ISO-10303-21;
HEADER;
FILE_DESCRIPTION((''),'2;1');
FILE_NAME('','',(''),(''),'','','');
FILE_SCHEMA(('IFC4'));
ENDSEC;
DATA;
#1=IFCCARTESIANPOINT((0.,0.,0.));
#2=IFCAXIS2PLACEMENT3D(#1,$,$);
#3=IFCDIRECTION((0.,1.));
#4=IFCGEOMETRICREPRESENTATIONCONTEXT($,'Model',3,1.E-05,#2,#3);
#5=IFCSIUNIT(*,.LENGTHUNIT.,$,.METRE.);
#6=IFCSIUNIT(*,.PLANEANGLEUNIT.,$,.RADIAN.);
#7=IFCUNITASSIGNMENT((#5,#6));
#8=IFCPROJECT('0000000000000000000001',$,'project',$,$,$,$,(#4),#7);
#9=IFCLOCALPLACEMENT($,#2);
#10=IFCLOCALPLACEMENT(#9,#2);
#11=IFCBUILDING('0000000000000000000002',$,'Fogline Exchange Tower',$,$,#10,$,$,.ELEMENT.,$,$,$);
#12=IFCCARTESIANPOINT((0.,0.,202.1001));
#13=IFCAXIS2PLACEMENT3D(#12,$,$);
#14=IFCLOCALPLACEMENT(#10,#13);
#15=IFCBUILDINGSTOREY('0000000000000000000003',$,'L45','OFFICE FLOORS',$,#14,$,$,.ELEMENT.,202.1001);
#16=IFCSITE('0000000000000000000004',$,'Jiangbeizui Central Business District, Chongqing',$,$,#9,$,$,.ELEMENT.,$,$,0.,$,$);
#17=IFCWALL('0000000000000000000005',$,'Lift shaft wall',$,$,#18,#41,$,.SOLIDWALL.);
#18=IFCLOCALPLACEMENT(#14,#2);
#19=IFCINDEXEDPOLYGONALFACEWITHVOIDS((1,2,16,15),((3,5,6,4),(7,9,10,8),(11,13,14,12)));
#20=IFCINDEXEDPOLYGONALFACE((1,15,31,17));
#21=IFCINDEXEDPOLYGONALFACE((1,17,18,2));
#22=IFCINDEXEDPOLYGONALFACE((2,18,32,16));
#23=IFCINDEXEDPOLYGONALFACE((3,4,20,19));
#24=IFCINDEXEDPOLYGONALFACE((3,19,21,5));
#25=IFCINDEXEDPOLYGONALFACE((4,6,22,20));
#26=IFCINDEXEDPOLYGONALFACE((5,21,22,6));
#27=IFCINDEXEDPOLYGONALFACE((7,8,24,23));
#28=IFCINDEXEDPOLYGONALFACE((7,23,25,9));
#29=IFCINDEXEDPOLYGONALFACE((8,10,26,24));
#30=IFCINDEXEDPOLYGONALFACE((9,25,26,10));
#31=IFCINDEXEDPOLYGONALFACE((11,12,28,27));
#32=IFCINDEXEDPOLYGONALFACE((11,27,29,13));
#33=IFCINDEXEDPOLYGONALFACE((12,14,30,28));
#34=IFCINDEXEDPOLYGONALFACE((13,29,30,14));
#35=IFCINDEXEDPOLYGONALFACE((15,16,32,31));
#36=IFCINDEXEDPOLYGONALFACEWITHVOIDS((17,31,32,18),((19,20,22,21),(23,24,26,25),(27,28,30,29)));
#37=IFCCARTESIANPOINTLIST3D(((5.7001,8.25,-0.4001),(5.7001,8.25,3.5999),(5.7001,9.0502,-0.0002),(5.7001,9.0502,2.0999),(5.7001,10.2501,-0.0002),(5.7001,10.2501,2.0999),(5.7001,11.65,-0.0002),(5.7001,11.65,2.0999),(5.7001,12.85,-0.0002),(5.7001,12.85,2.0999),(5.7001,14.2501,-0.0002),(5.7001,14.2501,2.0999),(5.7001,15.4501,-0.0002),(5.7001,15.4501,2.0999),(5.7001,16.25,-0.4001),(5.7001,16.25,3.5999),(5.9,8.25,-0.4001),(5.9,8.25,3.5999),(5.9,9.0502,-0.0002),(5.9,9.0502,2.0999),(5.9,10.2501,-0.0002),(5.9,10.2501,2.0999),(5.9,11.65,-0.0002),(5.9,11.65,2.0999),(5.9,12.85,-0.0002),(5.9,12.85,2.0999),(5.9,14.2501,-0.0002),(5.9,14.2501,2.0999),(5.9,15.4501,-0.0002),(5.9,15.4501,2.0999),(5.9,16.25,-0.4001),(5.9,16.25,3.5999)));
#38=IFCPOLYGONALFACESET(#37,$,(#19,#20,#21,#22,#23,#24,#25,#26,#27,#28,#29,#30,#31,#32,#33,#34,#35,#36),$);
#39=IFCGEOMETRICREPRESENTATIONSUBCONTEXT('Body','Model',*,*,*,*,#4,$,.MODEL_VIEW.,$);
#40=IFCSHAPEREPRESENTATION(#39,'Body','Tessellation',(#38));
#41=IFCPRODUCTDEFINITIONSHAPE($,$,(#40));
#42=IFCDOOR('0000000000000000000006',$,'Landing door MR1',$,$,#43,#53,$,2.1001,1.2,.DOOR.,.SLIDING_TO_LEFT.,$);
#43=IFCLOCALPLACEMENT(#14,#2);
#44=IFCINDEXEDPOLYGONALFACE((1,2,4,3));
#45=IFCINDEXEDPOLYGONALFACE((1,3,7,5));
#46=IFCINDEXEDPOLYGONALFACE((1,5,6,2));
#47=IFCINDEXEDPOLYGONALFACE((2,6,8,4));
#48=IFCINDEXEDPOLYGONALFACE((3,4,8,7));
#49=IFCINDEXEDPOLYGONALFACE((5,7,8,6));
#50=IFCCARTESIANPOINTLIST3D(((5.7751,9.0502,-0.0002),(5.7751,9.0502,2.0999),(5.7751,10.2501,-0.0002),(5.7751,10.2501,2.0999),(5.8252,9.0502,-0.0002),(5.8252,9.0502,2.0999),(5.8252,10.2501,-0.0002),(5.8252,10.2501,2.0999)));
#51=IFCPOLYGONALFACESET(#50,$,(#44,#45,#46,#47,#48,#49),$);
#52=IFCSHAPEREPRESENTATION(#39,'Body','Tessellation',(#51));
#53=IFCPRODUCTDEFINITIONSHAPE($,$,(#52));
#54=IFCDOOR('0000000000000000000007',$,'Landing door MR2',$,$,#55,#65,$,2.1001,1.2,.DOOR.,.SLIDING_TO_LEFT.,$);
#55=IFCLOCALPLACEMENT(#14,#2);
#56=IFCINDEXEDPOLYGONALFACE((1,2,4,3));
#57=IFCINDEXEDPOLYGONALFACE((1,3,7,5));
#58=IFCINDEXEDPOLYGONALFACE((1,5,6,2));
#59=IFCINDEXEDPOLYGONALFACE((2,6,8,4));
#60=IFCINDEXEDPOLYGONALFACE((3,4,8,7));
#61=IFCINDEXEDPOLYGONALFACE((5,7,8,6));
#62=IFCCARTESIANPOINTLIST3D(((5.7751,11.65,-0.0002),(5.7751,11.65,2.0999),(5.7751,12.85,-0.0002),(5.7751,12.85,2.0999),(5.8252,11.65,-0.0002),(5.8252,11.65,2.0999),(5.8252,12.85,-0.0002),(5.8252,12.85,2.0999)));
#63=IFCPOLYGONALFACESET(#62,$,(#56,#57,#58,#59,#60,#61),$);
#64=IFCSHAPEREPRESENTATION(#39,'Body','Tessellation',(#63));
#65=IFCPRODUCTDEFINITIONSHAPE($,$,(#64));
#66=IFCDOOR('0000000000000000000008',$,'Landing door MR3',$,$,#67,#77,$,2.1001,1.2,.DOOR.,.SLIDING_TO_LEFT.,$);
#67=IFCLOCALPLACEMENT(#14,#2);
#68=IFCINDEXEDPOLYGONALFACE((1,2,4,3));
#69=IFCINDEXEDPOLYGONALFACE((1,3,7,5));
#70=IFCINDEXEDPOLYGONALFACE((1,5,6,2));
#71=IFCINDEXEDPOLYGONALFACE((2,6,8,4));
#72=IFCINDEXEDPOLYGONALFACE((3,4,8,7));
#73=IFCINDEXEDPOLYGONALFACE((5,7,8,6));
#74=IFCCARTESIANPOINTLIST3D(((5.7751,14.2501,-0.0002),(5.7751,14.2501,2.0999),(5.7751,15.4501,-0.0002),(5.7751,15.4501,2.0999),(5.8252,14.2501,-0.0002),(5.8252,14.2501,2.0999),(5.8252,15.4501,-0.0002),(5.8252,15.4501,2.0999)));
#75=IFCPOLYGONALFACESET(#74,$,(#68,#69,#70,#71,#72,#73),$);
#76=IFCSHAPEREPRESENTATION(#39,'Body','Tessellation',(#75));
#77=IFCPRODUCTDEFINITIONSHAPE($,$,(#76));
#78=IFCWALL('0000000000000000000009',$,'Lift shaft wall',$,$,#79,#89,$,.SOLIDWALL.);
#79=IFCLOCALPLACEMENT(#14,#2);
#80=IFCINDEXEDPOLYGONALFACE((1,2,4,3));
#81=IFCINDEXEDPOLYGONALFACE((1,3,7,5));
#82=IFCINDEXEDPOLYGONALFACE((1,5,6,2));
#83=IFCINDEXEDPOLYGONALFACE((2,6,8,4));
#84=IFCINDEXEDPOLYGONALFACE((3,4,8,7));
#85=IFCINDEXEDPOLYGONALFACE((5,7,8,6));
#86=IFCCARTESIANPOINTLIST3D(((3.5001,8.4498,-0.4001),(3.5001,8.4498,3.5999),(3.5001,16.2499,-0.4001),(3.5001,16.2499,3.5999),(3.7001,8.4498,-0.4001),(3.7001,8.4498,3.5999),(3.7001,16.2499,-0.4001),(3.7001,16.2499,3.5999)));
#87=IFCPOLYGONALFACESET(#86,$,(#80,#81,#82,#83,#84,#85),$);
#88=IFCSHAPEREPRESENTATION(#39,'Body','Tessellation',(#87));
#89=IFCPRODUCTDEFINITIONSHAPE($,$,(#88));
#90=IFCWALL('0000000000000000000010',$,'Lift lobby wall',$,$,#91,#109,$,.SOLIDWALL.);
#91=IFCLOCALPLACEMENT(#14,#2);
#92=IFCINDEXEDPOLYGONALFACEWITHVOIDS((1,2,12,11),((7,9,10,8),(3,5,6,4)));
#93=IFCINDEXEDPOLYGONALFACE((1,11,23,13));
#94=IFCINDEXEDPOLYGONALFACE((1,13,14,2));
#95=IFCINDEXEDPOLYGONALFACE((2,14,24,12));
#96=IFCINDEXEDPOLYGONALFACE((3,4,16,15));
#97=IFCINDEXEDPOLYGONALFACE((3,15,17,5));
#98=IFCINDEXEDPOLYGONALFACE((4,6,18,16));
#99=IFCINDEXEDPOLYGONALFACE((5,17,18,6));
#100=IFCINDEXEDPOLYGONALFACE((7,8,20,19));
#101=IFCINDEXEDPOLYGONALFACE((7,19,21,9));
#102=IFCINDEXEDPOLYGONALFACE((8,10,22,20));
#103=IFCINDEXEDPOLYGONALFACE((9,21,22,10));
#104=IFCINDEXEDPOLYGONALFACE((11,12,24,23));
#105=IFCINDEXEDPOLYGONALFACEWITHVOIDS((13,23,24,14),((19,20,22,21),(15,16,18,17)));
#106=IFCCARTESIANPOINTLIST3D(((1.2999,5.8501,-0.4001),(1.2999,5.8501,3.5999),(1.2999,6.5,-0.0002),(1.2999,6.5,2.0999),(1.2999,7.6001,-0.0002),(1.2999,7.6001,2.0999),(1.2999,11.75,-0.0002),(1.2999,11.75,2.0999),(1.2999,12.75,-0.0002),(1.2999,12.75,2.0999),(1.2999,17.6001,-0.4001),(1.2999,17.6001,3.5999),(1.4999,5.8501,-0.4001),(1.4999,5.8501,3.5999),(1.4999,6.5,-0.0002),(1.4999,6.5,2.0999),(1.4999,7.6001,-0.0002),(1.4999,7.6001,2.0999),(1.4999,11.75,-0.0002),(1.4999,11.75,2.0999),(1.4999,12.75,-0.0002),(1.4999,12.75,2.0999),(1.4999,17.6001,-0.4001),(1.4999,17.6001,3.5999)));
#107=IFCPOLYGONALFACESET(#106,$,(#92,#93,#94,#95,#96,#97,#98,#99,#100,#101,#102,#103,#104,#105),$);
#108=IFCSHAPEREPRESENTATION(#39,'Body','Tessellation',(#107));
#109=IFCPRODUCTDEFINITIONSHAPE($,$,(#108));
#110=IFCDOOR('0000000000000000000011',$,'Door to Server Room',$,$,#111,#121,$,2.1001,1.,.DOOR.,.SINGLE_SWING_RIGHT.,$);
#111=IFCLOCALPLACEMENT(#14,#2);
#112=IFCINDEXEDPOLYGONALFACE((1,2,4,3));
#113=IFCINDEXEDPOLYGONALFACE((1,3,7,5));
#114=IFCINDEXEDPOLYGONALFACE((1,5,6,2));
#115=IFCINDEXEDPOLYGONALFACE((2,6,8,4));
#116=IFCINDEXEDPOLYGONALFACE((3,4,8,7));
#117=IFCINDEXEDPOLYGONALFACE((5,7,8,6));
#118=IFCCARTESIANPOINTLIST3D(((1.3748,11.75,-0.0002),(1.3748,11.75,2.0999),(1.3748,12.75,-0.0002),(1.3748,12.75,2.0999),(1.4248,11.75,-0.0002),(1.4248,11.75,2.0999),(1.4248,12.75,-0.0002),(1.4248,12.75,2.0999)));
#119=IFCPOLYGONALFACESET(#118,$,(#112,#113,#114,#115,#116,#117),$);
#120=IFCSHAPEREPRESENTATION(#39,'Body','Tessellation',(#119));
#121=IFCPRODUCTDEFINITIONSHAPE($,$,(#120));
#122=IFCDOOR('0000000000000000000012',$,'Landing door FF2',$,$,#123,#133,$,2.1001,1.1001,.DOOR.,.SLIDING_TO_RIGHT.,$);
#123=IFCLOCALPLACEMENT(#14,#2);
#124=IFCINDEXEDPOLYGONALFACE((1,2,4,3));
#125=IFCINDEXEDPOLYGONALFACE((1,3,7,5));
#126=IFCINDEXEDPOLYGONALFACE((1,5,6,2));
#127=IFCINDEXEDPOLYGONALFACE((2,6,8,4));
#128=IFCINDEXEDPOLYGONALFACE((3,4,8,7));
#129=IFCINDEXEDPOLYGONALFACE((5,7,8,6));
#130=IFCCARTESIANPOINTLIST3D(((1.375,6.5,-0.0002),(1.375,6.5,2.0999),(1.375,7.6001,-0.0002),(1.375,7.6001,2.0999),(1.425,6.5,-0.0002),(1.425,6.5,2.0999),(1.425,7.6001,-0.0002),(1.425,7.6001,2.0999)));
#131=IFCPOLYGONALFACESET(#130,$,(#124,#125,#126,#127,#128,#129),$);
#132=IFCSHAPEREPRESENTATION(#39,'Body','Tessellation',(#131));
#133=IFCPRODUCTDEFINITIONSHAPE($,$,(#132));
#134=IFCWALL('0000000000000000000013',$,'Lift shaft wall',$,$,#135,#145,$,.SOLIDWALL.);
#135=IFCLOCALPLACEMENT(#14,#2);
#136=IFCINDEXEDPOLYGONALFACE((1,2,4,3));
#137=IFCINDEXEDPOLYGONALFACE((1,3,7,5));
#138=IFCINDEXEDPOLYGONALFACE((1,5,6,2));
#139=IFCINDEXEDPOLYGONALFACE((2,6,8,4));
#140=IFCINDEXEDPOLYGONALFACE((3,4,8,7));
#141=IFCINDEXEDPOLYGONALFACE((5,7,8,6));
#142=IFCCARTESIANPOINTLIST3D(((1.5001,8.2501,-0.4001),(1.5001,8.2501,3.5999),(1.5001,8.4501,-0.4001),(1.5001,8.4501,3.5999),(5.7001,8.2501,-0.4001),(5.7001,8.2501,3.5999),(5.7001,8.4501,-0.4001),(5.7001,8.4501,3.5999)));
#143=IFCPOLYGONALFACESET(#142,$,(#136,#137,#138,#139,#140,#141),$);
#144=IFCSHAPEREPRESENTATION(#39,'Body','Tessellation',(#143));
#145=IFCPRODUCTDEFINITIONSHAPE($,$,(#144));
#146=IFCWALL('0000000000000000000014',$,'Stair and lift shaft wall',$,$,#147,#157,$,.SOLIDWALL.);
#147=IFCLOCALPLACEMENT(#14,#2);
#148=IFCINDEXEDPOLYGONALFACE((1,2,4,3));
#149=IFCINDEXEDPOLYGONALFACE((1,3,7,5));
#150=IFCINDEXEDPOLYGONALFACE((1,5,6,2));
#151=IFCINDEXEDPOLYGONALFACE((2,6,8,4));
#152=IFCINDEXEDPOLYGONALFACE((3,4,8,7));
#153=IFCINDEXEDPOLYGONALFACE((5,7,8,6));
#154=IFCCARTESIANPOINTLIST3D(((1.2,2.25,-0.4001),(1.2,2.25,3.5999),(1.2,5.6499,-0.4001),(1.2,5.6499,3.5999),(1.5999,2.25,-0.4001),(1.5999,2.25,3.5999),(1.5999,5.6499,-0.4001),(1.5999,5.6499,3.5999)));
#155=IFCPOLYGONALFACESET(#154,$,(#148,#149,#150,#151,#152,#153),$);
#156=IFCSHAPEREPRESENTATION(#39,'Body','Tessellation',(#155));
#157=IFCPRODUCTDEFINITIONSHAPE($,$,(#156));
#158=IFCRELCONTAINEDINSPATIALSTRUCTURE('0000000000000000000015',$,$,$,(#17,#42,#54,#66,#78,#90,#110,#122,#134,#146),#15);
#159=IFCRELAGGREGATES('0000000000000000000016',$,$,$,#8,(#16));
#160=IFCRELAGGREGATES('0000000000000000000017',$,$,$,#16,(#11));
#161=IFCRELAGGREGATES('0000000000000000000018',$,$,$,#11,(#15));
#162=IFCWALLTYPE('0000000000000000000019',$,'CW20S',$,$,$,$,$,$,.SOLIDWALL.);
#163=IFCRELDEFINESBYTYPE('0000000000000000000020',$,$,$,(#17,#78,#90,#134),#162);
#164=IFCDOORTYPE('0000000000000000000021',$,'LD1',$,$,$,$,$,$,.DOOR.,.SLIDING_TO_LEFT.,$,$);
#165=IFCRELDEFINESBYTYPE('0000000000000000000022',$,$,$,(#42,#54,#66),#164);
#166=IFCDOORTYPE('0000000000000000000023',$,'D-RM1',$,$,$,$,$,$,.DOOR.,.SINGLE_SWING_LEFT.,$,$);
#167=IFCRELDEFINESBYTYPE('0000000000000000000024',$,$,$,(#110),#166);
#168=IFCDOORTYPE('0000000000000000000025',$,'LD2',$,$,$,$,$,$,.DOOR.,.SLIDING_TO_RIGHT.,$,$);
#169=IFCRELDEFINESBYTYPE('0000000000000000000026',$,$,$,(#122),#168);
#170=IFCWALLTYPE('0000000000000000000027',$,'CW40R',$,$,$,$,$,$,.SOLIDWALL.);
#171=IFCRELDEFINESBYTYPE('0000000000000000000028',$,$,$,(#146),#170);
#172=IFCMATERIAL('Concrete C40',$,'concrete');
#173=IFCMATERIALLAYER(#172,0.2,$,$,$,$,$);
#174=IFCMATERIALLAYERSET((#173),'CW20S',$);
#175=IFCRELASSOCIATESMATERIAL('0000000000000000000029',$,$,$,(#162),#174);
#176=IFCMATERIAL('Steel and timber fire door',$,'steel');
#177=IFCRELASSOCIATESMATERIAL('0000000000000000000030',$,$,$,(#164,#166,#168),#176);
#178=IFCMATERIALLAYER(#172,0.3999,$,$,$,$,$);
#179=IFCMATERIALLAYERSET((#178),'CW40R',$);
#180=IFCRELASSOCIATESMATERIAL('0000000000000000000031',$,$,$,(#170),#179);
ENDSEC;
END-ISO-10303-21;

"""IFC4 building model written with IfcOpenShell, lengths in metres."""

from ifc_helpers import new_model, si_unit, direction, frame, frame_2d, origin, place, context, subcontext, project, spatial, rectangle, extrude, material, layer, layer_set, type_object, element, fill, save


model = new_model("IFC4")

# Units and contexts
model_context = context("Model", 3, precision=1e-05, world=origin(), true_north=direction((0.0, 1.0)))
body_context = subcontext(model_context, "Body", "Model", "MODEL_VIEW")
ifc_project = project(units=[si_unit("LENGTHUNIT", "METRE"), si_unit("PLANEANGLEUNIT", "RADIAN")], contexts=[model_context])

# Site, building, storey
site_placement = place(None, origin())
site = spatial("IfcSite", under=ifc_project, at=site_placement, Name="Jiangbeizui Central Business District, Chongqing", CompositionType="ELEMENT", RefElevation=0.0)
building_placement = place(site_placement, origin())
building = spatial("IfcBuilding", under=site, at=building_placement, Name="Fogline Exchange Tower", CompositionType="ELEMENT")
storey_placement = place(building_placement, frame((0.0, 0.0, 202.1001)))
storey = spatial("IfcBuildingStorey", under=building, at=storey_placement, Name="L45", Description="OFFICE FLOORS", CompositionType="ELEMENT", Elevation=202.1001)

# Shared definitions
ifc_material_1 = material(Name="Concrete C40", Category="concrete")

# Shared definitions
ifc_material_2 = material(Name="Steel and timber fire door", Category="steel")

# Wall, openings, doors
ifc_layer_1 = layer(ifc_material_1, 0.2)
ifc_layer_set_1 = layer_set([ifc_layer_1], Name="CW20S")
wall_type_1 = type_object("IfcWallType", Name="CW20S", PredefinedType="SOLIDWALL", material=ifc_layer_set_1)
wall_1_placement = place(storey_placement, frame((5.8, 8.25, -0.4001), z_axis=(0.0, 0.0, 1.0), x_axis=(0.0, 1.0, 0.0)))
wall_1 = element("IfcWall", 1, at=wall_1_placement, inside=storey, type_object=wall_type_1, Name="Lift shaft wall", PredefinedType="SOLIDWALL", context=body_context, shape_type="SweptSolid", body=[
    extrude(rectangle(XDim=8.0, YDim=0.2, at=frame_2d((4.0, 0.0))), origin(), (0.0, 0.0, 1.0), 4.0),
])
opening_1_placement = place(wall_1_placement, frame((0.8, 0.0, 0.3999)))
opening_1 = element("IfcOpeningElement", 2, at=opening_1_placement, cuts=wall_1, PredefinedType="OPENING", context=body_context, shape_type="SweptSolid", body=[
    extrude(rectangle(XDim=1.2, YDim=2.1001, at=frame_2d((0.6001, 1.05))), frame((0.0, 0.1099, 0.0), z_axis=(0.0, -1.0, 0.0), x_axis=(1.0, 0.0, 0.0)), (0.0, 0.0, 1.0), 0.22),
])
opening_2_placement = place(wall_1_placement, frame((3.3999, 0.0, 0.3999)))
opening_2 = element("IfcOpeningElement", 3, at=opening_2_placement, cuts=wall_1, PredefinedType="OPENING", context=body_context, shape_type="SweptSolid", body=[
    extrude(rectangle(XDim=1.2, YDim=2.1001, at=frame_2d((0.6001, 1.05))), frame((0.0, 0.1099, 0.0), z_axis=(0.0, -1.0, 0.0), x_axis=(1.0, 0.0, 0.0)), (0.0, 0.0, 1.0), 0.22),
])
opening_3_placement = place(wall_1_placement, frame((6.0, 0.0, 0.3999)))
opening_3 = element("IfcOpeningElement", 4, at=opening_3_placement, cuts=wall_1, PredefinedType="OPENING", context=body_context, shape_type="SweptSolid", body=[
    extrude(rectangle(XDim=1.2, YDim=2.1001, at=frame_2d((0.6001, 1.05))), frame((0.0, 0.1099, 0.0), z_axis=(0.0, -1.0, 0.0), x_axis=(1.0, 0.0, 0.0)), (0.0, 0.0, 1.0), 0.22),
])
door_type_1 = type_object("IfcDoorType", Name="LD1", OperationType="SLIDING_TO_LEFT", PredefinedType="DOOR", material=ifc_material_2)
door_1_placement = place(opening_1_placement, origin())
door_1 = element("IfcDoor", 5, at=door_1_placement, inside=storey, type_object=door_type_1, Name="Landing door MR1", OperationType="SLIDING_TO_LEFT", OverallHeight=2.1001, OverallWidth=1.2, PredefinedType="DOOR", context=body_context, shape_type="SweptSolid", body=[
    extrude(rectangle(XDim=1.2, YDim=2.1001, at=frame_2d((0.6001, 1.05))), frame((0.0, 0.0249, 0.0), z_axis=(0.0, -1.0, 0.0), x_axis=(1.0, 0.0, 0.0)), (0.0, 0.0, 1.0), 0.05),
])
fill(opening_1, door_1)
door_2_placement = place(opening_2_placement, origin())
door_2 = element("IfcDoor", 6, at=door_2_placement, inside=storey, type_object=door_type_1, Name="Landing door MR2", OperationType="SLIDING_TO_LEFT", OverallHeight=2.1001, OverallWidth=1.2, PredefinedType="DOOR", context=body_context, shape_type="SweptSolid", body=[
    extrude(rectangle(XDim=1.2, YDim=2.1001, at=frame_2d((0.6001, 1.05))), frame((0.0, 0.0249, 0.0), z_axis=(0.0, -1.0, 0.0), x_axis=(1.0, 0.0, 0.0)), (0.0, 0.0, 1.0), 0.05),
])
fill(opening_2, door_2)
door_3_placement = place(opening_3_placement, origin())
door_3 = element("IfcDoor", 7, at=door_3_placement, inside=storey, type_object=door_type_1, Name="Landing door MR3", OperationType="SLIDING_TO_LEFT", OverallHeight=2.1001, OverallWidth=1.2, PredefinedType="DOOR", context=body_context, shape_type="SweptSolid", body=[
    extrude(rectangle(XDim=1.2, YDim=2.1001, at=frame_2d((0.6001, 1.05))), frame((0.0, 0.0249, 0.0), z_axis=(0.0, -1.0, 0.0), x_axis=(1.0, 0.0, 0.0)), (0.0, 0.0, 1.0), 0.05),
])
fill(opening_3, door_3)

# Wall
wall_2_placement = place(storey_placement, frame((3.6001, 8.45, -0.4001), z_axis=(0.0, 0.0, 1.0), x_axis=(0.0, 1.0, 0.0)))
element("IfcWall", 8, at=wall_2_placement, inside=storey, type_object=wall_type_1, Name="Lift shaft wall", PredefinedType="SOLIDWALL", context=body_context, shape_type="SweptSolid", body=[
    extrude(rectangle(XDim=7.8, YDim=0.2, at=frame_2d((3.8999, 0.0))), origin(), (0.0, 0.0, 1.0), 4.0),
])

# Wall, openings, doors
wall_3_placement = place(storey_placement, frame((1.3999, 5.8501, -0.4001), z_axis=(0.0, 0.0, 1.0), x_axis=(0.0, 1.0, 0.0)))
wall_3 = element("IfcWall", 9, at=wall_3_placement, inside=storey, type_object=wall_type_1, Name="Lift lobby wall", PredefinedType="SOLIDWALL", context=body_context, shape_type="SweptSolid", body=[
    extrude(rectangle(XDim=11.75, YDim=0.2, at=frame_2d((5.875, 0.0))), origin(), (0.0, 0.0, 1.0), 4.0),
])
opening_4_placement = place(wall_3_placement, frame((0.6499, 0.0, 0.3999)))
opening_4 = element("IfcOpeningElement", 10, at=opening_4_placement, cuts=wall_3, PredefinedType="OPENING", context=body_context, shape_type="SweptSolid", body=[
    extrude(rectangle(XDim=1.1001, YDim=2.1001, at=frame_2d((0.55, 1.05))), frame((0.0, 0.1099, 0.0), z_axis=(0.0, -1.0, 0.0), x_axis=(1.0, 0.0, 0.0)), (0.0, 0.0, 1.0), 0.22),
])
opening_5_placement = place(wall_3_placement, frame((5.8999, 0.0, 0.3999)))
opening_5 = element("IfcOpeningElement", 11, at=opening_5_placement, cuts=wall_3, PredefinedType="OPENING", context=body_context, shape_type="SweptSolid", body=[
    extrude(rectangle(XDim=1.0, YDim=2.1001, at=frame_2d((0.5, 1.05))), frame((0.0, 0.1099, 0.0), z_axis=(0.0, -1.0, 0.0), x_axis=(1.0, 0.0, 0.0)), (0.0, 0.0, 1.0), 0.22),
])
door_type_2 = type_object("IfcDoorType", Name="D-RM1", OperationType="SINGLE_SWING_LEFT", PredefinedType="DOOR", material=ifc_material_2)
door_4_placement = place(opening_5_placement, frame((1.0, 0.0, 0.0), z_axis=(0.0, 0.0, 1.0), x_axis=(-1.0, 0.0, 0.0)))
door_4 = element("IfcDoor", 12, at=door_4_placement, inside=storey, type_object=door_type_2, Name="Door to Server Room", OperationType="SINGLE_SWING_RIGHT", OverallHeight=2.1001, OverallWidth=1.0, PredefinedType="DOOR", context=body_context, shape_type="SweptSolid", body=[
    extrude(rectangle(XDim=1.0, YDim=2.1001, at=frame_2d((0.5, 1.05))), frame((0.0, 0.0249, 0.0), z_axis=(0.0, -1.0, 0.0), x_axis=(1.0, 0.0, 0.0)), (0.0, 0.0, 1.0), 0.05),
])
fill(opening_5, door_4)
door_type_3 = type_object("IfcDoorType", Name="LD2", OperationType="SLIDING_TO_RIGHT", PredefinedType="DOOR", material=ifc_material_2)
door_5_placement = place(opening_4_placement, origin())
door_5 = element("IfcDoor", 13, at=door_5_placement, inside=storey, type_object=door_type_3, Name="Landing door FF2", OperationType="SLIDING_TO_RIGHT", OverallHeight=2.1001, OverallWidth=1.1001, PredefinedType="DOOR", context=body_context, shape_type="SweptSolid", body=[
    extrude(rectangle(XDim=1.1001, YDim=2.1001, at=frame_2d((0.55, 1.05))), frame((0.0, 0.0249, 0.0), z_axis=(0.0, -1.0, 0.0), x_axis=(1.0, 0.0, 0.0)), (0.0, 0.0, 1.0), 0.05),
])
fill(opening_4, door_5)

# Walls
wall_4_placement = place(storey_placement, frame((1.5, 8.3501, -0.4001), z_axis=(0.0, 0.0, 1.0), x_axis=(1.0, 0.0, 0.0)))
element("IfcWall", 14, at=wall_4_placement, inside=storey, type_object=wall_type_1, Name="Lift shaft wall", PredefinedType="SOLIDWALL", context=body_context, shape_type="SweptSolid", body=[
    extrude(rectangle(XDim=4.2, YDim=0.2, at=frame_2d((2.1001, 0.0))), origin(), (0.0, 0.0, 1.0), 4.0),
])
ifc_layer_2 = layer(ifc_material_1, 0.3999)
ifc_layer_set_2 = layer_set([ifc_layer_2], Name="CW40R")
wall_type_2 = type_object("IfcWallType", Name="CW40R", PredefinedType="SOLIDWALL", material=ifc_layer_set_2)
wall_5_placement = place(storey_placement, frame((1.3999, 2.25, -0.4001), z_axis=(0.0, 0.0, 1.0), x_axis=(0.0, 1.0, 0.0)))
element("IfcWall", 15, at=wall_5_placement, inside=storey, type_object=wall_type_2, Name="Stair and lift shaft wall", PredefinedType="SOLIDWALL", context=body_context, shape_type="SweptSolid", body=[
    extrude(rectangle(XDim=3.3999, YDim=0.3999, at=frame_2d((1.7, 0.0))), origin(), (0.0, 0.0, 1.0), 4.0),
])

save(model, "model.ifc")
